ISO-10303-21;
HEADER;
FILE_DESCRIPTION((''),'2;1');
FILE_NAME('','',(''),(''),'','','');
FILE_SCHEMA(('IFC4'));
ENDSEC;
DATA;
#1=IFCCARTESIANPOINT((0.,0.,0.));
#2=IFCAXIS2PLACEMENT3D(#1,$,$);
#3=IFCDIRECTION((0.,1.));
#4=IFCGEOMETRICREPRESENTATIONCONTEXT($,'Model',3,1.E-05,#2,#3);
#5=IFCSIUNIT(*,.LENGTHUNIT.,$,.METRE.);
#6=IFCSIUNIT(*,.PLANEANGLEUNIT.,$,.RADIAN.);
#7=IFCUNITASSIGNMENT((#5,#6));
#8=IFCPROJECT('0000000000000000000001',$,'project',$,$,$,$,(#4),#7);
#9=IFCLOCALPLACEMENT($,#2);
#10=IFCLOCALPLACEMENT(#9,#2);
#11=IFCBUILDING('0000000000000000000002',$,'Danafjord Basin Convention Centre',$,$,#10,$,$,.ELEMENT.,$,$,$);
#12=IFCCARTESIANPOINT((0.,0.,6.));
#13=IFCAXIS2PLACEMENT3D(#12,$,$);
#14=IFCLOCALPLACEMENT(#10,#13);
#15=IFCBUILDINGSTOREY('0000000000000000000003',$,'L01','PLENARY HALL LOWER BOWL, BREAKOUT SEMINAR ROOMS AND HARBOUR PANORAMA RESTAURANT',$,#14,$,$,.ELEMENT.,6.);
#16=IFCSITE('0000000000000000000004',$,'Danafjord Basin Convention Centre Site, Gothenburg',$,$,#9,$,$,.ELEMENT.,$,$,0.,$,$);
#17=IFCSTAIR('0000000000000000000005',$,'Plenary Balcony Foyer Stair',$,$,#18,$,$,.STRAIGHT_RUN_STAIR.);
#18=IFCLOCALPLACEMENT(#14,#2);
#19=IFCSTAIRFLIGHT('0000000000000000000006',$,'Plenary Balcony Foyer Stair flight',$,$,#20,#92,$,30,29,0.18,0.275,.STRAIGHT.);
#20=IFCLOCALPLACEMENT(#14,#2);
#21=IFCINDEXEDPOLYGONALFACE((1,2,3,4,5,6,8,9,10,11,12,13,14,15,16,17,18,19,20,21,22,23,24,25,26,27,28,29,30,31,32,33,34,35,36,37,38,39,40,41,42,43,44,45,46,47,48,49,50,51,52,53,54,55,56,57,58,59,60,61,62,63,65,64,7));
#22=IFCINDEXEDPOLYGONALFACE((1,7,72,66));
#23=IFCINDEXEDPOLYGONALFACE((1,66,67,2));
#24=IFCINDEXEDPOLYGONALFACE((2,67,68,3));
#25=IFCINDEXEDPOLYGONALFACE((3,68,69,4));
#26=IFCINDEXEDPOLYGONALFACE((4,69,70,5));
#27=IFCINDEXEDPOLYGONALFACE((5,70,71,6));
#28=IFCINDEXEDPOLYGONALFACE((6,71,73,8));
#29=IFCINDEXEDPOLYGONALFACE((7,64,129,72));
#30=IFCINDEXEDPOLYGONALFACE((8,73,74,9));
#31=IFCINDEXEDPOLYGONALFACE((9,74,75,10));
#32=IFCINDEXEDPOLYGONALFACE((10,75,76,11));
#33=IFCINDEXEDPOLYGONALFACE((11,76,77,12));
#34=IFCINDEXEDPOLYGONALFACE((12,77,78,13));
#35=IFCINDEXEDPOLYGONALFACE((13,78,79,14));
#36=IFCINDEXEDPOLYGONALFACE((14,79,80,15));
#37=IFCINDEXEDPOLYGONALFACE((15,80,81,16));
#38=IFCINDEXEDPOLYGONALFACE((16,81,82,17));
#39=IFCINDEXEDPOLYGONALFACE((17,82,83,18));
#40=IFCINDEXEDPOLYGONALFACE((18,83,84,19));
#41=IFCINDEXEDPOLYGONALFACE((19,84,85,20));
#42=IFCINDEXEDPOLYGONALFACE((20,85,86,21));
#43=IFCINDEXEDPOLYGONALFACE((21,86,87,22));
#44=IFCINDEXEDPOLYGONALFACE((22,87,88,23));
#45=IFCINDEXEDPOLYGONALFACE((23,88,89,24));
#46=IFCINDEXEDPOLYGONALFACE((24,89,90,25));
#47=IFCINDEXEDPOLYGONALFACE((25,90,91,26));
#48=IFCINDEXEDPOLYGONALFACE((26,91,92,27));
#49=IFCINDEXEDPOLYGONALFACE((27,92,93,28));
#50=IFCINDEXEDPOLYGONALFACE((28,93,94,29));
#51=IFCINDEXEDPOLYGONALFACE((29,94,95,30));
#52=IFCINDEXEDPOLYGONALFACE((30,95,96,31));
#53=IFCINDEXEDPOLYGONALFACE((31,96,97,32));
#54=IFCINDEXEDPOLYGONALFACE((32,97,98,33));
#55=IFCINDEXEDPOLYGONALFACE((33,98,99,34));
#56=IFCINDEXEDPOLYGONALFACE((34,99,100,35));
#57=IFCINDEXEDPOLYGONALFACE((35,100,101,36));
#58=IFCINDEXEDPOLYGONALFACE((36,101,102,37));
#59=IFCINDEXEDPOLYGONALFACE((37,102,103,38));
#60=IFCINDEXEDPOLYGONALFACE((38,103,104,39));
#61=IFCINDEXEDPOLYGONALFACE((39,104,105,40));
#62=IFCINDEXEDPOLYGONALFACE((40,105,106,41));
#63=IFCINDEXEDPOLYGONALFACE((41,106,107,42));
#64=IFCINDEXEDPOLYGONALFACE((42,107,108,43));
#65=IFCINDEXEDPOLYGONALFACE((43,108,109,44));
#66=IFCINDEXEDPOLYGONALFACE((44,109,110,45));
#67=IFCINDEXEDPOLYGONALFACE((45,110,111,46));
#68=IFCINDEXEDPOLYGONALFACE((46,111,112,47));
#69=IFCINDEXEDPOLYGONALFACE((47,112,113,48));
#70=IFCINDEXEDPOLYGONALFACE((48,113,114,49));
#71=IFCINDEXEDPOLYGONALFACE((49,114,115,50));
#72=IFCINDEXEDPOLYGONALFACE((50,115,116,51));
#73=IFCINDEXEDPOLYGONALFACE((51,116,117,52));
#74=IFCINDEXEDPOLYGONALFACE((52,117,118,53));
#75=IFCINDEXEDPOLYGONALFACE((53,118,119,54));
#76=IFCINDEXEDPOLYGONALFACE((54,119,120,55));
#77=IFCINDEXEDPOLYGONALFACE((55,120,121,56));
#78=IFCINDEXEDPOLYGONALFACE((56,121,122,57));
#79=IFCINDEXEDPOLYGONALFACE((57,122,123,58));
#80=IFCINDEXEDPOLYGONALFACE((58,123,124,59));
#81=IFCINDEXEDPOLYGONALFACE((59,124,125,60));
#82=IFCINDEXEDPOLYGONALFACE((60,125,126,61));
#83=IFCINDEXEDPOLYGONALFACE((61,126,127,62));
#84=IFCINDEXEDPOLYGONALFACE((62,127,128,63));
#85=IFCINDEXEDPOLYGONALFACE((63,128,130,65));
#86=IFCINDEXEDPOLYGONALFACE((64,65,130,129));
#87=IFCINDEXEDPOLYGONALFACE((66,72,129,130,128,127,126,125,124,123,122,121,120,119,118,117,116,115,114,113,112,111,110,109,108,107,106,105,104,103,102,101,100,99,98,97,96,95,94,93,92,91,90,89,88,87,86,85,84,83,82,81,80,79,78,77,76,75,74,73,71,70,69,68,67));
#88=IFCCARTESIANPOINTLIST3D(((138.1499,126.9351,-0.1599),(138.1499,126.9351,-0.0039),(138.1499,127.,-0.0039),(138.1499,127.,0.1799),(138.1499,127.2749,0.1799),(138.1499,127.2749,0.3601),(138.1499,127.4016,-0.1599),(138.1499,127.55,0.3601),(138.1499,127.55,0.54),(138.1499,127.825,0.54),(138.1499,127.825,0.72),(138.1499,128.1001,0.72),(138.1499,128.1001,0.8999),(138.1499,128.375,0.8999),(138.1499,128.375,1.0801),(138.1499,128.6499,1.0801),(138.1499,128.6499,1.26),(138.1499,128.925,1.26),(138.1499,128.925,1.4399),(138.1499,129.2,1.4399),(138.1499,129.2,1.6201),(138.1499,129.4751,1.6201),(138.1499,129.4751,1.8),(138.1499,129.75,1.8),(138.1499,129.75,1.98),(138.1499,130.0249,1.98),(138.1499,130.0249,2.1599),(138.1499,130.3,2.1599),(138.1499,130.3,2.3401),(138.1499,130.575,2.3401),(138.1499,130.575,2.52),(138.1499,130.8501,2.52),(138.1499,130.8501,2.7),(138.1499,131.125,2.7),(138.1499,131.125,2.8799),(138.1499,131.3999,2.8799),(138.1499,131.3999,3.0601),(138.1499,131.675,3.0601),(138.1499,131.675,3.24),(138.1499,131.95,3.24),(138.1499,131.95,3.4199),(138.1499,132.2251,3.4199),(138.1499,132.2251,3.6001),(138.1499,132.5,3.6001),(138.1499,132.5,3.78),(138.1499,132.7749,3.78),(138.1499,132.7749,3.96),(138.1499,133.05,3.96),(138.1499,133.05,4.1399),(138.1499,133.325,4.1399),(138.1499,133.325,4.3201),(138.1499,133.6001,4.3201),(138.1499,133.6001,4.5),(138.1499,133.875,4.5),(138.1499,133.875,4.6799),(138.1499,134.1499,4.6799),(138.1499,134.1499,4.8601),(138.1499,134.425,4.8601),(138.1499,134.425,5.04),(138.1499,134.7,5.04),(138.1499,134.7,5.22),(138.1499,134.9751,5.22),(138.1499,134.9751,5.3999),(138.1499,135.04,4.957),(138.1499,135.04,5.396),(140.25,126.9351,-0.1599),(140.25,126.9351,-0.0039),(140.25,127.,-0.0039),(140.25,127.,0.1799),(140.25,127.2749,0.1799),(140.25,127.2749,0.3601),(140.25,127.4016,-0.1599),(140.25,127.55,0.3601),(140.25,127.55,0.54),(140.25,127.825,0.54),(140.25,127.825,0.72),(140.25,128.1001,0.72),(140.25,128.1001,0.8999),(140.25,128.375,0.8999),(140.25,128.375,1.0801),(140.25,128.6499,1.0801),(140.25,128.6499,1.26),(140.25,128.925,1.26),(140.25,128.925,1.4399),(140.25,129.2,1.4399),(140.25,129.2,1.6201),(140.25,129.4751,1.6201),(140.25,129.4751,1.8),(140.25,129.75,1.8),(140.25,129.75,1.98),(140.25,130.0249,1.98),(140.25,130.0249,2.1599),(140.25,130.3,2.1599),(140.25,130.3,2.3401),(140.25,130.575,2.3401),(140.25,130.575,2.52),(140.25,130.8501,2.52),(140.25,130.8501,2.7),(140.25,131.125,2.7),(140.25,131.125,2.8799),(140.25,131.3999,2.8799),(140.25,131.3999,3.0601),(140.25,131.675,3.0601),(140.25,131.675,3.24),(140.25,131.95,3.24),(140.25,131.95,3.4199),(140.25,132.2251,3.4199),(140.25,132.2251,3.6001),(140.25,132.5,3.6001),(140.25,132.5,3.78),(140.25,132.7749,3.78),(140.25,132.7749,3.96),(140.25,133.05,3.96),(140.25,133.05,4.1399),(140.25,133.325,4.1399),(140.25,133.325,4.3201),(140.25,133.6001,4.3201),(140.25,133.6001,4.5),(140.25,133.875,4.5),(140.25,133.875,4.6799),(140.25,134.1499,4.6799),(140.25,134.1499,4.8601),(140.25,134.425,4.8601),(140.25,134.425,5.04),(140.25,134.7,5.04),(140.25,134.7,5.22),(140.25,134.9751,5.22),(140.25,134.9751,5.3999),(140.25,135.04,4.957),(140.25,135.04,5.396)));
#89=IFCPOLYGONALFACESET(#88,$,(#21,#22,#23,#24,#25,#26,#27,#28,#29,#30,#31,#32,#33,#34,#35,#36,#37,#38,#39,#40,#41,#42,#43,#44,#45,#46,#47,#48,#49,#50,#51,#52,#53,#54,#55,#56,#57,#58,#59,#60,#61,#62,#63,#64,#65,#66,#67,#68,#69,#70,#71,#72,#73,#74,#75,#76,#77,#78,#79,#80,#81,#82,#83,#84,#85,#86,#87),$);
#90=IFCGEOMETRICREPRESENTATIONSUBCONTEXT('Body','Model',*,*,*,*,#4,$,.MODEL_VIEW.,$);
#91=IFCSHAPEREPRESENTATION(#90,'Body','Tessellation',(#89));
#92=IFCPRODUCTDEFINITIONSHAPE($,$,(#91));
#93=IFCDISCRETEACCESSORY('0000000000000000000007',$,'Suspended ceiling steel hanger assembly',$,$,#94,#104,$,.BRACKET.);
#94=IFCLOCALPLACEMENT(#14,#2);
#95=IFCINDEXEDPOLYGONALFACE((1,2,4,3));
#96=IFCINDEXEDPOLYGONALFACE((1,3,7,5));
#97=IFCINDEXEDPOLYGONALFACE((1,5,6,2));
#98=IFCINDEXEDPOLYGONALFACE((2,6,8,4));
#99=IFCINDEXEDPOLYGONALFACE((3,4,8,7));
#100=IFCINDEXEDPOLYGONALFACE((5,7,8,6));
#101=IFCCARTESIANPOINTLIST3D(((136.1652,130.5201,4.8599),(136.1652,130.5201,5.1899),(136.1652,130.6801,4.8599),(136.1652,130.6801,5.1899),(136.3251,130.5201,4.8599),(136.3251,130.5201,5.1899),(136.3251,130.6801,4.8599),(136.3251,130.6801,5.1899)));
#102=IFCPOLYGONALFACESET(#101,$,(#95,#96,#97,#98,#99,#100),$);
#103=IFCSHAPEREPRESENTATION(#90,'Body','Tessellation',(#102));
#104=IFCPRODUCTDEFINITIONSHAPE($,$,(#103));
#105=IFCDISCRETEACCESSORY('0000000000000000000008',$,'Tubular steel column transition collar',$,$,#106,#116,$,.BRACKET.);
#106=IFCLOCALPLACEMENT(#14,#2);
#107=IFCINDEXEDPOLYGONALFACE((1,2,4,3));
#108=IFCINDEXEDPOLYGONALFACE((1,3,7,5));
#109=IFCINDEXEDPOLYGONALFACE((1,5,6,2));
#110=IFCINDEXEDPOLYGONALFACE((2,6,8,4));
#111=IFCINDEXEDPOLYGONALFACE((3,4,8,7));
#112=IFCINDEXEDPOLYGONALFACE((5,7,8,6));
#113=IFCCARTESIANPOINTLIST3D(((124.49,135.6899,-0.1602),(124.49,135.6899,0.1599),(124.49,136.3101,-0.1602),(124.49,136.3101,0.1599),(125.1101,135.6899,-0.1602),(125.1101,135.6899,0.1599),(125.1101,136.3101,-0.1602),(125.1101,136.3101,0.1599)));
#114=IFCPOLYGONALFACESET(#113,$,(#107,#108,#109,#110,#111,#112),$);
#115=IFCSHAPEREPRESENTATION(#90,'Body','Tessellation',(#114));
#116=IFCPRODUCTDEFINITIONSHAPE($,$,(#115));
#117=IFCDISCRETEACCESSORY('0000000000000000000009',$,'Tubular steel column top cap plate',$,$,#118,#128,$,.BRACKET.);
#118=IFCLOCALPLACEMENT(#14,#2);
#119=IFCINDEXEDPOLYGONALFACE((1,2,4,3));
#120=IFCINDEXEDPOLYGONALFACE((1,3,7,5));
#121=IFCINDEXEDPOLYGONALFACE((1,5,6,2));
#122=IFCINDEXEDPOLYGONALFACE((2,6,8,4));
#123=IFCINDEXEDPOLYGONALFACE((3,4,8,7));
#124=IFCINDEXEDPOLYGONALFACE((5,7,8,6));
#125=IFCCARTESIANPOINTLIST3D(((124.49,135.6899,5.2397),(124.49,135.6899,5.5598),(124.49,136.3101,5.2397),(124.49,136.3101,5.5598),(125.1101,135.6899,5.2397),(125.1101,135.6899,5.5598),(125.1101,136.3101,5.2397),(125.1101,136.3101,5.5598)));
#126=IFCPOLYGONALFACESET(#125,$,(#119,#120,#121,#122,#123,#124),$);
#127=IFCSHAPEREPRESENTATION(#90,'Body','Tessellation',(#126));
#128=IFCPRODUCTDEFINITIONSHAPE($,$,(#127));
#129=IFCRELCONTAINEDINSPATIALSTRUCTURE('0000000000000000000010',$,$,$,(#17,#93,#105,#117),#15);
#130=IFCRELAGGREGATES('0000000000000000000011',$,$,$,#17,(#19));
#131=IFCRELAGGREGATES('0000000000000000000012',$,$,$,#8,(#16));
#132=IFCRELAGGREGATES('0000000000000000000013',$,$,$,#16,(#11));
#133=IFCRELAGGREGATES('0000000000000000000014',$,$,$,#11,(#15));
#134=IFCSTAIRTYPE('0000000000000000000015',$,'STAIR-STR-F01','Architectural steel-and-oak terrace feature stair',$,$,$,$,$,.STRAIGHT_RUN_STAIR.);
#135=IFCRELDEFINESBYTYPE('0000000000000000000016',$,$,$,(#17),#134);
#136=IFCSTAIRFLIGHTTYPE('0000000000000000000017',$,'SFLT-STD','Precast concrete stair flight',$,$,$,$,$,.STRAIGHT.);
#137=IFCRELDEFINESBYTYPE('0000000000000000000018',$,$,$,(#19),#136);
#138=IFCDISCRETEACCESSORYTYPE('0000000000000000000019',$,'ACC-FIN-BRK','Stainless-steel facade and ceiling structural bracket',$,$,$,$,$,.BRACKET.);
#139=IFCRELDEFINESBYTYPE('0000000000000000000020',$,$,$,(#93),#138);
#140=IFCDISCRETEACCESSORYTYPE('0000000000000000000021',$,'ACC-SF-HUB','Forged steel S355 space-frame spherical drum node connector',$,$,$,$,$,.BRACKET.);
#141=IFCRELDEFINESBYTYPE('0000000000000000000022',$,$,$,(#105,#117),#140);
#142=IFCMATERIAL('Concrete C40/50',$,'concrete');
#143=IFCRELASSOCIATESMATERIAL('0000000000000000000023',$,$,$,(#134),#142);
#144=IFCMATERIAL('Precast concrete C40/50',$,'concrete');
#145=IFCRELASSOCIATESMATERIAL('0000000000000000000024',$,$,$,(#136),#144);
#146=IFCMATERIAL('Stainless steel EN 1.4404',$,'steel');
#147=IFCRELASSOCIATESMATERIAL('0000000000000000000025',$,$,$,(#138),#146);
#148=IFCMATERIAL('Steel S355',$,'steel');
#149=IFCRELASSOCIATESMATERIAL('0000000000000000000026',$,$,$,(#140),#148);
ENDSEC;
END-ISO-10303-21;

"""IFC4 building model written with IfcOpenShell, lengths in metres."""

from ifc_helpers import new_model, si_unit, direction, frame, origin, origin_2d, place, context, subcontext, project, spatial, polyline, rectangle, outline, extrude, material, type_object, element, aggregate, save


model = new_model("IFC4")

# Units and contexts
model_context = context("Model", 3, precision=1e-05, world=origin(), true_north=direction((0.0, 1.0)))
body_context = subcontext(model_context, "Body", "Model", "MODEL_VIEW")
ifc_project = project(units=[si_unit("LENGTHUNIT", "METRE"), si_unit("PLANEANGLEUNIT", "RADIAN")], contexts=[model_context])

# Site, building, storey
site_placement = place(None, origin())
site = spatial("IfcSite", under=ifc_project, at=site_placement, Name="Danafjord Basin Convention Centre Site, Gothenburg", CompositionType="ELEMENT", RefElevation=0.0)
building_placement = place(site_placement, origin())
building = spatial("IfcBuilding", under=site, at=building_placement, Name="Danafjord Basin Convention Centre", CompositionType="ELEMENT")
storey_placement = place(building_placement, frame((0.0, 0.0, 6.0)))
storey = spatial("IfcBuildingStorey", under=building, at=storey_placement, Name="L01", Description="PLENARY HALL LOWER BOWL, BREAKOUT SEMINAR ROOMS AND HARBOUR PANORAMA RESTAURANT", CompositionType="ELEMENT", Elevation=6.0)

# Shared definitions
ifc_material_1 = material(Name="Steel S355", Category="steel")

# Stair, stair flight
ifc_material_2 = material(Name="Concrete C40/50", Category="concrete")
stair_type = type_object("IfcStairType", Name="STAIR-STR-F01", Description="Architectural steel-and-oak terrace feature stair", PredefinedType="STRAIGHT_RUN_STAIR", material=ifc_material_2)
stair_placement = place(storey_placement, origin())
stair = element("IfcStair", 1, at=stair_placement, inside=storey, type_object=stair_type, Name="Plenary Balcony Foyer Stair", PredefinedType="STRAIGHT_RUN_STAIR")
ifc_material_3 = material(Name="Precast concrete C40/50", Category="concrete")
stair_flight_type = type_object("IfcStairFlightType", Name="SFLT-STD", Description="Precast concrete stair flight", PredefinedType="STRAIGHT", material=ifc_material_3)
stair_flight_placement = place(storey_placement, frame((139.2, 127.0, 0.0), z_axis=(0.0, 0.0, 1.0), x_axis=(0.0, 1.0, 0.0)))
stair_flight = element("IfcStairFlight", 2, at=stair_flight_placement, type_object=stair_flight_type, Name="Plenary Balcony Foyer Stair flight", NumberOfRisers=30, NumberOfTreads=29, PredefinedType="STRAIGHT", RiserHeight=0.18, TreadLength=0.275, context=body_context, shape_type="SweptSolid", body=[
    extrude(outline(polyline([(-0.0649, -0.1599), (-0.0649, -0.0039), (0.0, -0.0039), (0.0, 0.1799), (0.2749, 0.1799), (0.2749, 0.3601), (0.55, 0.3601), (0.55, 0.54), (0.825, 0.54), (0.825, 0.72), (1.1001, 0.72), (1.1001, 0.8999), (1.375, 0.8999), (1.375, 1.0801), (1.6499, 1.0801), (1.6499, 1.26), (1.925, 1.26), (1.925, 1.4399), (2.2, 1.4399), (2.2, 1.6201), (2.4751, 1.6201), (2.4751, 1.8), (2.75, 1.8), (2.75, 1.98), (3.0249, 1.98), (3.0249, 2.1599), (3.3, 2.1599), (3.3, 2.3401), (3.575, 2.3401), (3.575, 2.52), (3.8501, 2.52), (3.8501, 2.7), (4.125, 2.7), (4.125, 2.8799), (4.3999, 2.8799), (4.3999, 3.0601), (4.675, 3.0601), (4.675, 3.24), (4.95, 3.24), (4.95, 3.4199), (5.2251, 3.4199), (5.2251, 3.6001), (5.5, 3.6001), (5.5, 3.78), (5.7749, 3.78), (5.7749, 3.96), (6.05, 3.96), (6.05, 4.1399), (6.325, 4.1399), (6.325, 4.3201), (6.6001, 4.3201), (6.6001, 4.5), (6.875, 4.5), (6.875, 4.6799), (7.1499, 4.6799), (7.1499, 4.8601), (7.425, 4.8601), (7.425, 5.04), (7.7, 5.04), (7.7, 5.22), (7.9751, 5.22), (7.9751, 5.3999), (8.04, 5.396), (8.04, 4.957), (0.4016, -0.1599), (-0.0649, -0.1599)])), frame((0.0, 1.05, 0.0), z_axis=(0.0, -1.0, 0.0), x_axis=(1.0, 0.0, 0.0)), (0.0, 0.0, 1.0), 2.1001),
])
aggregate(stair, [stair_flight])

# Discrete accessories
ifc_material_4 = material(Name="Stainless steel EN 1.4404", Category="steel")
discrete_accessory_type_1 = type_object("IfcDiscreteAccessoryType", Name="ACC-FIN-BRK", Description="Stainless-steel facade and ceiling structural bracket", PredefinedType="BRACKET", material=ifc_material_4)
discrete_accessory_placement = place(storey_placement, frame((136.2451, 130.6001, 4.8599), z_axis=(0.0, 0.0, 1.0), x_axis=(1.0, 0.0, 0.0)))
element("IfcDiscreteAccessory", 3, at=discrete_accessory_placement, inside=storey, type_object=discrete_accessory_type_1, Name="Suspended ceiling steel hanger assembly", PredefinedType="BRACKET", context=body_context, shape_type="SweptSolid", body=[
    extrude(rectangle(XDim=0.1599, YDim=0.1599, at=origin_2d()), origin(), (0.0, 0.0, 1.0), 0.3301),
])
discrete_accessory_type_2 = type_object("IfcDiscreteAccessoryType", Name="ACC-SF-HUB", Description="Forged steel S355 space-frame spherical drum node connector", PredefinedType="BRACKET", material=ifc_material_1)
for number, where, z_axis, x_axis, name in (
    (4, (124.8, 136.0, -0.1602), (0.0, 0.0, 1.0), (1.0, 0.0, 0.0), "Tubular steel column transition collar"),
    (5, (124.8, 136.0, 5.2397), (0.0, 0.0, 1.0), (1.0, 0.0, 0.0), "Tubular steel column top cap plate"),
):
    element("IfcDiscreteAccessory", number, at=place(storey_placement, frame(where, z_axis=z_axis, x_axis=x_axis)), inside=storey, type_object=discrete_accessory_type_2, Name=name, PredefinedType="BRACKET", context=body_context, shape_type="SweptSolid", body=[
        extrude(rectangle(XDim=0.6201, YDim=0.6201, at=origin_2d()), origin(), (0.0, 0.0, 1.0), 0.3201),
    ])

save(model, "model.ifc")
